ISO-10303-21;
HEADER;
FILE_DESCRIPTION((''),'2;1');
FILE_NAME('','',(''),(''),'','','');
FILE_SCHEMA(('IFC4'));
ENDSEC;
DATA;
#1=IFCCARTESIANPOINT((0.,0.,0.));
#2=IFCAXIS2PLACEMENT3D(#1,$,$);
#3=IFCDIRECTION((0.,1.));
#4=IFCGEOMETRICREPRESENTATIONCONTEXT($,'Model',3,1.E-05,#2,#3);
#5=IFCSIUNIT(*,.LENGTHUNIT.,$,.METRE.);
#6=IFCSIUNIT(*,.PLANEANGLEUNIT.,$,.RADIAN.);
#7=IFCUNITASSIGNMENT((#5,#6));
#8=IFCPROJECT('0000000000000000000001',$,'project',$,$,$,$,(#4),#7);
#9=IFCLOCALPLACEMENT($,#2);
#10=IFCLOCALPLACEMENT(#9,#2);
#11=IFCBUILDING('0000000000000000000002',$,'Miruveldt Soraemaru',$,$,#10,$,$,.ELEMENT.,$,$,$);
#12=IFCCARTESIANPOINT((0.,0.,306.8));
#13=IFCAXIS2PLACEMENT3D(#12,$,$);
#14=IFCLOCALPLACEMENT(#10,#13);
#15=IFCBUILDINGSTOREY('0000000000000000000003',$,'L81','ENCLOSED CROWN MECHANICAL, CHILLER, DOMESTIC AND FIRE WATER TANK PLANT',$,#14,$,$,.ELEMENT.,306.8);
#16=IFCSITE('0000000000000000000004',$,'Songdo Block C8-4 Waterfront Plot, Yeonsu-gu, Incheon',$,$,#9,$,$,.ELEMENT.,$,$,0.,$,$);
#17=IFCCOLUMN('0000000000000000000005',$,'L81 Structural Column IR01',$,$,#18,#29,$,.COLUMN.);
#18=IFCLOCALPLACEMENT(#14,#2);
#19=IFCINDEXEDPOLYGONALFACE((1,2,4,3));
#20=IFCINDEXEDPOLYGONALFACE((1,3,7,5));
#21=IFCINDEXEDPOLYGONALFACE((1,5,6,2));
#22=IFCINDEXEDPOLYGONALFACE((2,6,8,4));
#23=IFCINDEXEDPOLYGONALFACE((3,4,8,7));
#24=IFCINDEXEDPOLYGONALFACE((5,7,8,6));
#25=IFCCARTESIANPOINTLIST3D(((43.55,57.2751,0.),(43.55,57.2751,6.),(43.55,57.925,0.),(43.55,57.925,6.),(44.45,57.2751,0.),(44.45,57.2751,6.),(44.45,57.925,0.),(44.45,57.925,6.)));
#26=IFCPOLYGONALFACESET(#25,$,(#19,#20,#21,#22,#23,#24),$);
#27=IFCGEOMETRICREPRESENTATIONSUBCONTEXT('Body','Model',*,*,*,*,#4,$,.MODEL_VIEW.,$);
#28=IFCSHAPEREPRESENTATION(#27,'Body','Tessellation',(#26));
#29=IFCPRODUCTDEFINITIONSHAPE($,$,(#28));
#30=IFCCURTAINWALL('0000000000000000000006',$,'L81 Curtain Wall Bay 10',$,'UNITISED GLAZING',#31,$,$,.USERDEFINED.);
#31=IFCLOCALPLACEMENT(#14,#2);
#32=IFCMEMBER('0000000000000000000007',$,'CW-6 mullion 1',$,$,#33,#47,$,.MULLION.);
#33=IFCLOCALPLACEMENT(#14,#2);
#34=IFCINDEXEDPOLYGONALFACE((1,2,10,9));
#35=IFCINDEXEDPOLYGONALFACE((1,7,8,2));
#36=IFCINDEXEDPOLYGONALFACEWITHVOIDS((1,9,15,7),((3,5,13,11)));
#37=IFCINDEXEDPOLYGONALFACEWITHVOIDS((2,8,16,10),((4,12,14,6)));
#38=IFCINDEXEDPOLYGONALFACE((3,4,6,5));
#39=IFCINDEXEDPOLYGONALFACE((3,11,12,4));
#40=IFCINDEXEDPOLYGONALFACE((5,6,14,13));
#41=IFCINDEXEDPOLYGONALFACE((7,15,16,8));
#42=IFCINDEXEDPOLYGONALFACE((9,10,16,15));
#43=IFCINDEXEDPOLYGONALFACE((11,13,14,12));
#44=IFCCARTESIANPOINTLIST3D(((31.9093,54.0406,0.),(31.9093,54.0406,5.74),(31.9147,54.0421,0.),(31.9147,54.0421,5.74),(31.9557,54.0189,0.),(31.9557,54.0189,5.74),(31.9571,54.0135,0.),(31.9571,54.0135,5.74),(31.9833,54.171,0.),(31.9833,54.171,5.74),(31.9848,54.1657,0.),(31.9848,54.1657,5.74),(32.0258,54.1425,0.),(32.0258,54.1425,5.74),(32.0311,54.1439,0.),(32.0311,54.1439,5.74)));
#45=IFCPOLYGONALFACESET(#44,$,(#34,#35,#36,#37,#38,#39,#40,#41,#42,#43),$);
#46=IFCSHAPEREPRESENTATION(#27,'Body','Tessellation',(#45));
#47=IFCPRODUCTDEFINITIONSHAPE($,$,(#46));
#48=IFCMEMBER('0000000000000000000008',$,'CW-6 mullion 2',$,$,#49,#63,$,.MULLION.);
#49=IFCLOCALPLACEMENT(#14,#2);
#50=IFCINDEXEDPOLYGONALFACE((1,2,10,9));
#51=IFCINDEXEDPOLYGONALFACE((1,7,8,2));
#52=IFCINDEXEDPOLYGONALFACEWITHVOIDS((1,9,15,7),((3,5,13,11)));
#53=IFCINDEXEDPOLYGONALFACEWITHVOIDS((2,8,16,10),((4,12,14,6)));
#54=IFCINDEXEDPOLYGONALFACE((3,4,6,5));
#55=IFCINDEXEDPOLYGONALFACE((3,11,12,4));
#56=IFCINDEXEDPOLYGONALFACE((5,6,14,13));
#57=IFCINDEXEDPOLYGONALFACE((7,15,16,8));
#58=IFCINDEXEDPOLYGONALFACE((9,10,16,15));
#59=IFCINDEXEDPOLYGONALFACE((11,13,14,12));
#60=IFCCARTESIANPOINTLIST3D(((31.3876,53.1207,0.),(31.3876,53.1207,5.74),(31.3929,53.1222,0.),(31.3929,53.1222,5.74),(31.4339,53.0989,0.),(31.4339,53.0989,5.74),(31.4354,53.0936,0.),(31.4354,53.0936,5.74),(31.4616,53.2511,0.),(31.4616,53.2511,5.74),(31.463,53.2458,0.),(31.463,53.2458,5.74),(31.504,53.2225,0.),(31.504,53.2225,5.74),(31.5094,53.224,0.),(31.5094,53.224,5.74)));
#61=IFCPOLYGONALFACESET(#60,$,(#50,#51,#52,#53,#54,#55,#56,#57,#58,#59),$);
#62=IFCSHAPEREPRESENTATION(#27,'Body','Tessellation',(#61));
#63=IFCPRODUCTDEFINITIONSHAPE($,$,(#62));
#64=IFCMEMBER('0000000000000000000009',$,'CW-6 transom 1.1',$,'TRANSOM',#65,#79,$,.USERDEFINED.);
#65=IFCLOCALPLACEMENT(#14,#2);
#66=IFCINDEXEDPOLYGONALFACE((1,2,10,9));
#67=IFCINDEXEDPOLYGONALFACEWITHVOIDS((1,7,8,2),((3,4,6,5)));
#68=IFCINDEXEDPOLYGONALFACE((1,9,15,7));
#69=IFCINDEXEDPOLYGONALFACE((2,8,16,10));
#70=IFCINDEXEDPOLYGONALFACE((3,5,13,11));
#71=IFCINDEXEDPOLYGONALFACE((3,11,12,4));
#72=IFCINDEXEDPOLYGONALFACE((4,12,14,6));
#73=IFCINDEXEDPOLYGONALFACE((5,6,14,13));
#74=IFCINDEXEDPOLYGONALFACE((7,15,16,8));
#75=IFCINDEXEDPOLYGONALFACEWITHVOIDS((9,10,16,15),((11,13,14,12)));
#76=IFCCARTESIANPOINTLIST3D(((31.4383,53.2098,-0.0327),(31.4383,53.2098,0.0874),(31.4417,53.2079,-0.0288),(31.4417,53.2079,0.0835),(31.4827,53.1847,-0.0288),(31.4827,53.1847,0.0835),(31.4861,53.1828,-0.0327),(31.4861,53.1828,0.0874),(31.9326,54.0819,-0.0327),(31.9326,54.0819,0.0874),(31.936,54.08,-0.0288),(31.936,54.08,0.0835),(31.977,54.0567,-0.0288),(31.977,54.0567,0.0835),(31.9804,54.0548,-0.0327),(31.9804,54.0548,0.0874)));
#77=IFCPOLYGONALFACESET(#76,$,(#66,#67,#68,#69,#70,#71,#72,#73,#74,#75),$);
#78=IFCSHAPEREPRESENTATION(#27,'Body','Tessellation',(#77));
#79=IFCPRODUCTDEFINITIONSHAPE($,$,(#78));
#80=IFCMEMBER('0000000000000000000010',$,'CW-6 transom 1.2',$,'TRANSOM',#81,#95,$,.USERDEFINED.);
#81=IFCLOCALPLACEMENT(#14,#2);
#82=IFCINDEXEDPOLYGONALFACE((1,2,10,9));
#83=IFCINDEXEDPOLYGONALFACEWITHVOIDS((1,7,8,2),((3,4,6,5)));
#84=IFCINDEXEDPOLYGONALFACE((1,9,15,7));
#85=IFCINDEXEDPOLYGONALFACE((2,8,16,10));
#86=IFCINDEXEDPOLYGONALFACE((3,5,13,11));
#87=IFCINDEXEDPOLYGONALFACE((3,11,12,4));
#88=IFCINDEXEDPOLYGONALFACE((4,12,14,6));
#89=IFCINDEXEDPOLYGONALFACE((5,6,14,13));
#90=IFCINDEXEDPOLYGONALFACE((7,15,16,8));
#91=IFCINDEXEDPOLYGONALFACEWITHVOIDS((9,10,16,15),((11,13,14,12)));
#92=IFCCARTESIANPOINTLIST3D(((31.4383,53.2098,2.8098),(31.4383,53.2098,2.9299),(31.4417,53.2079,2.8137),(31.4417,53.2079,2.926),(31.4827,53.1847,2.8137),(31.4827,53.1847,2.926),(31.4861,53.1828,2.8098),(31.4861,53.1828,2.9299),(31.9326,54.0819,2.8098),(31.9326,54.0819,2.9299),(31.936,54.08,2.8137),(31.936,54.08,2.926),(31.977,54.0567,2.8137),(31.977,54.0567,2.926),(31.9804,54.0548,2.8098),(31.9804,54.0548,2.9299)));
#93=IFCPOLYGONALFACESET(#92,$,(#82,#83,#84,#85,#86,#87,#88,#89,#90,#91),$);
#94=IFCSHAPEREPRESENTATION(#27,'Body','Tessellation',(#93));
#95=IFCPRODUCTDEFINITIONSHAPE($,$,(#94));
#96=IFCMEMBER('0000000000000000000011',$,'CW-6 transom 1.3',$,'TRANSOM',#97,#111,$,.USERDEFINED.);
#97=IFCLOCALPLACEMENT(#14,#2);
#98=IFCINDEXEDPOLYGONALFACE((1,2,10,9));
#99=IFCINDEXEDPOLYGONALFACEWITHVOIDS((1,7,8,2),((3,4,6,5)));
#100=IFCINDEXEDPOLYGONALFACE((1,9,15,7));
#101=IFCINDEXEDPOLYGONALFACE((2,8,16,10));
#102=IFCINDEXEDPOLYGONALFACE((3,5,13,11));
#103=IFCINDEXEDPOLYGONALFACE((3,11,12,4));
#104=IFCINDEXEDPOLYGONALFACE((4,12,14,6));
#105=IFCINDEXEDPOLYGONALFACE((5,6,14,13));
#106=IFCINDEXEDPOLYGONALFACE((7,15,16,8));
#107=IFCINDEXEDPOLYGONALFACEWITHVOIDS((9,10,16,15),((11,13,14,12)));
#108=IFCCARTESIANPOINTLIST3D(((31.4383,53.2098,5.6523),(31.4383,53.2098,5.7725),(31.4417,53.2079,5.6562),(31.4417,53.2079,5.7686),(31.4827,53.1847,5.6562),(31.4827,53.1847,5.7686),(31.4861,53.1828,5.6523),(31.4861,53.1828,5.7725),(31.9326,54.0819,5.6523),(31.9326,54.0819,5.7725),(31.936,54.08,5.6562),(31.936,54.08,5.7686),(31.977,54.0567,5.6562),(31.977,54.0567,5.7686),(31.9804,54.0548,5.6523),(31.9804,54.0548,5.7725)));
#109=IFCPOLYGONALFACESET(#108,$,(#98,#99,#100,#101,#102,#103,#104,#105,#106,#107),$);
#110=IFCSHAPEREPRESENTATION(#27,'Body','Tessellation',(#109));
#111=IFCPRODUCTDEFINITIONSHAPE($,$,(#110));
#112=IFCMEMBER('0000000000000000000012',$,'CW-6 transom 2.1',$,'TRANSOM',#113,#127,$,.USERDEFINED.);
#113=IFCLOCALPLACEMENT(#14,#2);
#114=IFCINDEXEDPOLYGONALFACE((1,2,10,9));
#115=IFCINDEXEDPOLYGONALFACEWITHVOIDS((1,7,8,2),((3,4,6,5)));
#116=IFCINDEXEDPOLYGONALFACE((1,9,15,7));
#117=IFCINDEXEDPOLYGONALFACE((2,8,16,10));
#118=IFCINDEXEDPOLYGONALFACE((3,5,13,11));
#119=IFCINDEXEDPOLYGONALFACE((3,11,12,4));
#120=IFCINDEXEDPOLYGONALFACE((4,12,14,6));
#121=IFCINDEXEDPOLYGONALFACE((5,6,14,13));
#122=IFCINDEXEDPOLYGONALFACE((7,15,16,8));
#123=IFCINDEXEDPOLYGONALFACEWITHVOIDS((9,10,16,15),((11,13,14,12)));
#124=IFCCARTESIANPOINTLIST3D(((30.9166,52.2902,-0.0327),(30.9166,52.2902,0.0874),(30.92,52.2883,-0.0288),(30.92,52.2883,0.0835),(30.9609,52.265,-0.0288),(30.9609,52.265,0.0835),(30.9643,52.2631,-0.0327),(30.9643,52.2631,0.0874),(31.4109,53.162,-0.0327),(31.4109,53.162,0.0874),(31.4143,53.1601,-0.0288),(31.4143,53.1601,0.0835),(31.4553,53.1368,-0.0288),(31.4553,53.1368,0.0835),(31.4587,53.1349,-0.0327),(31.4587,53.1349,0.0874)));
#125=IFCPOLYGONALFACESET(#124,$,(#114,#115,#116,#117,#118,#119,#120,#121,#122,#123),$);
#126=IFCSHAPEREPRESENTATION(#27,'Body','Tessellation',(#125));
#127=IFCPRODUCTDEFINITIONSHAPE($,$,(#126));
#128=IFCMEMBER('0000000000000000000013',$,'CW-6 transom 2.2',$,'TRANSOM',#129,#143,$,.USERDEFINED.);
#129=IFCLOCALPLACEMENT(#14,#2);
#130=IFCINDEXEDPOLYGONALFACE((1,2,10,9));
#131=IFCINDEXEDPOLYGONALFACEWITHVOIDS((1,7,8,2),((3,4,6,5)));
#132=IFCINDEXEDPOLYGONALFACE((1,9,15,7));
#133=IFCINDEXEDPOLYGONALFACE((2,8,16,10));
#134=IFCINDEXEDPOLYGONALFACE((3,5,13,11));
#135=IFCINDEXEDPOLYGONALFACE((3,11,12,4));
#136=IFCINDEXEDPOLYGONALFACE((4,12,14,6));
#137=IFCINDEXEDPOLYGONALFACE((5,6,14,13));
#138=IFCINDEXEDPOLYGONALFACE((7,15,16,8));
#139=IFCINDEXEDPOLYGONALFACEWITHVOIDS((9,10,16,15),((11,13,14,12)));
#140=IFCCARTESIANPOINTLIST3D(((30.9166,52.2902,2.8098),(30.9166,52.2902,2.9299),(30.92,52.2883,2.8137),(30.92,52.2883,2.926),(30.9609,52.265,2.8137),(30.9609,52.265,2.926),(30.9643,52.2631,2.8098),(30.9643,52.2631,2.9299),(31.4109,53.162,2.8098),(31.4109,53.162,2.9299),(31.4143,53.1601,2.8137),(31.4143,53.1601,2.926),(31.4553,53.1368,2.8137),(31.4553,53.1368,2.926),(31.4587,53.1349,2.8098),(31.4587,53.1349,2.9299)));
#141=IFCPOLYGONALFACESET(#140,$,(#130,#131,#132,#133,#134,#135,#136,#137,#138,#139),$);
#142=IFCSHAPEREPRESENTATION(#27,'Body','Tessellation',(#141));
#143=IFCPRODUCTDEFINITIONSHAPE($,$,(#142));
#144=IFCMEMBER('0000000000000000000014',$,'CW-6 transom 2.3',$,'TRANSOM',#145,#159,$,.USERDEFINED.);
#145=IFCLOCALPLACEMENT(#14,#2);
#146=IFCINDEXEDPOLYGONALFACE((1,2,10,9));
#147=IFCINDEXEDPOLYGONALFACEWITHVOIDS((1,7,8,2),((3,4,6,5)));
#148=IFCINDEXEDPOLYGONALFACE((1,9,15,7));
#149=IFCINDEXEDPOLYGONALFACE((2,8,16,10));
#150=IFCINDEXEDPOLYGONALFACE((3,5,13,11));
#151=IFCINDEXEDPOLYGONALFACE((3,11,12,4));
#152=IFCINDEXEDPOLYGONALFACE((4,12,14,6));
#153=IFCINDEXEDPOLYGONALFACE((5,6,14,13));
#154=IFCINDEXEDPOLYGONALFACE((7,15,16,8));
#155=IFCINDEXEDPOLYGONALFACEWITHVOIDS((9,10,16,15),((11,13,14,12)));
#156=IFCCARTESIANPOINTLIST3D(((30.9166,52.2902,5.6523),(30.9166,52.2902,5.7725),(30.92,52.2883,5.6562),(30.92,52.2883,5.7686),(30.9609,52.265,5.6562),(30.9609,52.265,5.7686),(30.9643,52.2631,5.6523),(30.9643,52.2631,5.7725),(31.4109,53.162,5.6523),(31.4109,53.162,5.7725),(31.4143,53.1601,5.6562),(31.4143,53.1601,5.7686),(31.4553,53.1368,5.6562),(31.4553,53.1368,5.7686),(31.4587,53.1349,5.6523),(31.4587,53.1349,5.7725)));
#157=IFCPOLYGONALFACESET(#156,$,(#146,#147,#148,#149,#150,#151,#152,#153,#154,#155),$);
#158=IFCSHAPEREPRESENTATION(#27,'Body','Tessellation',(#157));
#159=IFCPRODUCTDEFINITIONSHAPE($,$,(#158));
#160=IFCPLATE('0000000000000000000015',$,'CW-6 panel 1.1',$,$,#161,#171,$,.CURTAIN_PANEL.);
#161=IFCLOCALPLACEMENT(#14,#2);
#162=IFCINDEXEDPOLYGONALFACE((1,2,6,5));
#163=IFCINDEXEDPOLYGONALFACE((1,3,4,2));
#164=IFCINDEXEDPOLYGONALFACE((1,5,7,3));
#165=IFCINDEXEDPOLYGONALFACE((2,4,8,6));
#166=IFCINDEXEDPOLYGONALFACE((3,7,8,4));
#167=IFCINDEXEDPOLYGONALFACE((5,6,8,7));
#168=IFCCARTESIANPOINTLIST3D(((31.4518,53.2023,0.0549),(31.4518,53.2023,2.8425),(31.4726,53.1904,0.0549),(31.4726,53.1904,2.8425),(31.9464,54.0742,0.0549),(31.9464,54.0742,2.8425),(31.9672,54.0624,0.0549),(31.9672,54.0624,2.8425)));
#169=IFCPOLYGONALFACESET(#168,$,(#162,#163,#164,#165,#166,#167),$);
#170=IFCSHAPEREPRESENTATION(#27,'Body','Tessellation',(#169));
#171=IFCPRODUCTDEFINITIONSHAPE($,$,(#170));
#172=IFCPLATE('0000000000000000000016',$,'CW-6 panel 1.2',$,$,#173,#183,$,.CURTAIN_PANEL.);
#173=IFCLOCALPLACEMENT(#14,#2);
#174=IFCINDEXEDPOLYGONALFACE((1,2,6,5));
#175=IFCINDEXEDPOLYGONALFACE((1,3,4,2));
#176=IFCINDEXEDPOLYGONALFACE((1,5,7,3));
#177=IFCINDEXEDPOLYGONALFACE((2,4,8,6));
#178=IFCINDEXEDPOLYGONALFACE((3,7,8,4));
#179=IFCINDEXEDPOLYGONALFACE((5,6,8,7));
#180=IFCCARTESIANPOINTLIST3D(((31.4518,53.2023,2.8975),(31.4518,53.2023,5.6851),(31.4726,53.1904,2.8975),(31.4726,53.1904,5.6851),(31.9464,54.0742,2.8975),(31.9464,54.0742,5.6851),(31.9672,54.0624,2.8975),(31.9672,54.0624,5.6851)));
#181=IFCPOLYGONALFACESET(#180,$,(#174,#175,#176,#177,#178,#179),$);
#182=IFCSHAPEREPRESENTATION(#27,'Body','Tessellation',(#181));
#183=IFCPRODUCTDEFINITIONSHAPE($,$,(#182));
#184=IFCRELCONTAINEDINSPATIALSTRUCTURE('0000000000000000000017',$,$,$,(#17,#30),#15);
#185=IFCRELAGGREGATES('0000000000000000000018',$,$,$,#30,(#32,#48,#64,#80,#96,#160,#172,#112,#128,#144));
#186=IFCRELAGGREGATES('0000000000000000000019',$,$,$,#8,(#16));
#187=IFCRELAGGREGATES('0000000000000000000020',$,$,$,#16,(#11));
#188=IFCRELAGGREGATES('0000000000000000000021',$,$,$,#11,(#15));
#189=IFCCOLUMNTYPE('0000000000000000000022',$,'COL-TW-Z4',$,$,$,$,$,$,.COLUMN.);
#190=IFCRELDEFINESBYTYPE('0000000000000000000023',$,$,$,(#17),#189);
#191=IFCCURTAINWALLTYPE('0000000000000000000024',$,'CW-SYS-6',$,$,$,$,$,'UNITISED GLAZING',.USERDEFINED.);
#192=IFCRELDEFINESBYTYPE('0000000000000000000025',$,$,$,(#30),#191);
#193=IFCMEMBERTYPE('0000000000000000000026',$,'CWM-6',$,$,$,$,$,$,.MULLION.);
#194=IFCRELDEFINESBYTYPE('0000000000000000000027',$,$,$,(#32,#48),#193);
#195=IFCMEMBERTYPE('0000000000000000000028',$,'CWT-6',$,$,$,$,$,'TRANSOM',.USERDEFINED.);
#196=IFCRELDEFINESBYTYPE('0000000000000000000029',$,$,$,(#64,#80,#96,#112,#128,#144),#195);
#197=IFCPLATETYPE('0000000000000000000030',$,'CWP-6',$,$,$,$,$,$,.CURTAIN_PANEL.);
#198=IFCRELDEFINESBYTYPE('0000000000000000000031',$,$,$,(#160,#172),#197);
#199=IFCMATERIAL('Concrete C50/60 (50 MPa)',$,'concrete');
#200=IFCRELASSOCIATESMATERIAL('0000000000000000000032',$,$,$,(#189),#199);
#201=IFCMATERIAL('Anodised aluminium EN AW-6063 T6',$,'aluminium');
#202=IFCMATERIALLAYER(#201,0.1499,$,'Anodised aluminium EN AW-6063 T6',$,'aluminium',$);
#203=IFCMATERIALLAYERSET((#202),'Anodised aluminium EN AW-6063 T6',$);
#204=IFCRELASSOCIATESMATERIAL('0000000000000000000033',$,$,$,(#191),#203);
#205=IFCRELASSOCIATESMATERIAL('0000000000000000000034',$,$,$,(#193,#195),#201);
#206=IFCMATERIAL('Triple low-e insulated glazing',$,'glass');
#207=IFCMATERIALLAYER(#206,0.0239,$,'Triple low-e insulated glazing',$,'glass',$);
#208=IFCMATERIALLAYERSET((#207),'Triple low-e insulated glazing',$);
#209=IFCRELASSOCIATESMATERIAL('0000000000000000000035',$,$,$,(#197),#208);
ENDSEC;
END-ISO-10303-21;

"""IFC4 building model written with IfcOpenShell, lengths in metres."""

from ifc_helpers import new_model, si_unit, direction, frame, origin, origin_2d, place, context, subcontext, project, spatial, rectangle, hollow_rectangle, extrude, material, layer, layer_set, material_profile, profile_set, type_object, element, aggregate, save


model = new_model("IFC4")

# Units and contexts
model_context = context("Model", 3, precision=1e-05, world=origin(), true_north=direction((0.0, 1.0)))
body_context = subcontext(model_context, "Body", "Model", "MODEL_VIEW")
ifc_project = project(units=[si_unit("LENGTHUNIT", "METRE"), si_unit("PLANEANGLEUNIT", "RADIAN")], contexts=[model_context])

# Site, building, storey
site_placement = place(None, origin())
site = spatial("IfcSite", under=ifc_project, at=site_placement, Name="Songdo Block C8-4 Waterfront Plot, Yeonsu-gu, Incheon", CompositionType="ELEMENT", RefElevation=0.0)
building_placement = place(site_placement, origin())
building = spatial("IfcBuilding", under=site, at=building_placement, Name="Miruveldt Soraemaru", CompositionType="ELEMENT")
storey_placement = place(building_placement, frame((0.0, 0.0, 306.8)))
storey = spatial("IfcBuildingStorey", under=building, at=storey_placement, Name="L81", Description="ENCLOSED CROWN MECHANICAL, CHILLER, DOMESTIC AND FIRE WATER TANK PLANT", CompositionType="ELEMENT", Elevation=306.8)

# Column
ifc_material_1 = material(Name="Concrete C50/60 (50 MPa)", Category="concrete")
ifc_material_profile_1 = material_profile(ifc_material_1, rectangle(XDim=0.8999, YDim=0.6499, at=origin_2d()), Name="Concrete C50/60 (50 MPa)", Category="concrete")
ifc_profile_set_1 = profile_set([ifc_material_profile_1], Name="Concrete C50/60 (50 MPa)")
column_type = type_object("IfcColumnType", Name="COL-TW-Z4", PredefinedType="COLUMN", material=ifc_profile_set_1)
column_placement = place(storey_placement, frame((44.0, 57.6001, 0.0), z_axis=(0.0, 0.0, 1.0), x_axis=(1.0, 0.0, 0.0)))
element("IfcColumn", 1, at=column_placement, inside=storey, type_object=column_type, Name="L81 Structural Column IR01", PredefinedType="COLUMN", context=body_context, shape_type="SweptSolid", body=[
    extrude(rectangle(XDim=0.8999, YDim=0.6499, at=origin_2d()), origin(), (0.0, 0.0, 1.0), 6.0),
])

# Curtain wall, members, plates
ifc_material_2 = material(Name="Anodised aluminium EN AW-6063 T6", Category="aluminium")
ifc_layer_1 = layer(ifc_material_2, 0.1499, Name="Anodised aluminium EN AW-6063 T6", Category="aluminium")
ifc_layer_set_1 = layer_set([ifc_layer_1], Name="Anodised aluminium EN AW-6063 T6")
curtain_wall_type = type_object("IfcCurtainWallType", Name="CW-SYS-6", ElementType="UNITISED GLAZING", PredefinedType="USERDEFINED", material=ifc_layer_set_1)
curtain_wall_placement = place(storey_placement, origin())
curtain_wall = element("IfcCurtainWall", 2, at=curtain_wall_placement, inside=storey, type_object=curtain_wall_type, Name="L81 Curtain Wall Bay 10", ObjectType="UNITISED GLAZING", PredefinedType="USERDEFINED")
ifc_material_profile_2 = material_profile(ifc_material_2, hollow_rectangle(XDim=0.0549, YDim=0.1499, WallThickness=0.0039, at=origin_2d()), Name="Anodised aluminium EN AW-6063 T6", Category="aluminium")
ifc_profile_set_2 = profile_set([ifc_material_profile_2], Name="Anodised aluminium EN AW-6063 T6")
member_type_1 = type_object("IfcMemberType", Name="CWM-6", PredefinedType="MULLION", material=ifc_profile_set_2)
member_1_placement = place(storey_placement, frame((31.9702, 54.0923, 0.0), z_axis=(0.0, 0.0, 1.0), x_axis=(0.869821, -0.493367, 0.0)))
member_1 = element("IfcMember", 3, at=member_1_placement, type_object=member_type_1, Name="CW-6 mullion 1", PredefinedType="MULLION", context=body_context, shape_type="SweptSolid", body=[
    extrude(hollow_rectangle(XDim=0.0549, YDim=0.1499, WallThickness=0.0039, at=origin_2d()), origin(), (0.0, 0.0, 1.0), 5.74),
])
member_2_placement = place(storey_placement, frame((31.4485, 53.1724, 0.0), z_axis=(0.0, 0.0, 1.0), x_axis=(0.869821, -0.493367, 0.0)))
member_2 = element("IfcMember", 4, at=member_2_placement, type_object=member_type_1, Name="CW-6 mullion 2", PredefinedType="MULLION", context=body_context, shape_type="SweptSolid", body=[
    extrude(hollow_rectangle(XDim=0.0549, YDim=0.1499, WallThickness=0.0039, at=origin_2d()), origin(), (0.0, 0.0, 1.0), 5.74),
])
ifc_material_profile_3 = material_profile(ifc_material_2, hollow_rectangle(XDim=0.0549, YDim=0.1201, WallThickness=0.0039, at=origin_2d()), Name="Anodised aluminium EN AW-6063 T6", Category="aluminium")
ifc_profile_set_3 = profile_set([ifc_material_profile_3], Name="Anodised aluminium EN AW-6063 T6")
member_type_2 = type_object("IfcMemberType", Name="CWT-6", ElementType="TRANSOM", PredefinedType="USERDEFINED", material=ifc_profile_set_3)
member_3_placement = place(storey_placement, frame((31.9565, 54.0684, 0.0273), z_axis=(-0.493172, -0.869932, 0.0), x_axis=(0.869932, -0.493172, 0.0)))
member_3 = element("IfcMember", 5, at=member_3_placement, type_object=member_type_2, Name="CW-6 transom 1.1", ObjectType="TRANSOM", PredefinedType="USERDEFINED", context=body_context, shape_type="SweptSolid", body=[
    extrude(hollow_rectangle(XDim=0.0549, YDim=0.1201, WallThickness=0.0039, at=origin_2d()), origin(), (0.0, 0.0, 1.0), 1.0024),
])
member_4_placement = place(storey_placement, frame((31.9565, 54.0684, 2.8699), z_axis=(-0.493172, -0.869932, 0.0), x_axis=(0.869932, -0.493172, 0.0)))
member_4 = element("IfcMember", 6, at=member_4_placement, type_object=member_type_2, Name="CW-6 transom 1.2", ObjectType="TRANSOM", PredefinedType="USERDEFINED", context=body_context, shape_type="SweptSolid", body=[
    extrude(hollow_rectangle(XDim=0.0549, YDim=0.1201, WallThickness=0.0039, at=origin_2d()), origin(), (0.0, 0.0, 1.0), 1.0024),
])
member_5_placement = place(storey_placement, frame((31.9565, 54.0684, 5.7124), z_axis=(-0.493172, -0.869932, 0.0), x_axis=(0.869932, -0.493172, 0.0)))
member_5 = element("IfcMember", 7, at=member_5_placement, type_object=member_type_2, Name="CW-6 transom 1.3", ObjectType="TRANSOM", PredefinedType="USERDEFINED", context=body_context, shape_type="SweptSolid", body=[
    extrude(hollow_rectangle(XDim=0.0549, YDim=0.1201, WallThickness=0.0039, at=origin_2d()), origin(), (0.0, 0.0, 1.0), 1.0024),
])
member_6_placement = place(storey_placement, frame((31.4348, 53.1484, 0.0273), z_axis=(-0.493277, -0.869872, 0.0), x_axis=(0.869872, -0.493277, 0.0)))
member_6 = element("IfcMember", 8, at=member_6_placement, type_object=member_type_2, Name="CW-6 transom 2.1", ObjectType="TRANSOM", PredefinedType="USERDEFINED", context=body_context, shape_type="SweptSolid", body=[
    extrude(hollow_rectangle(XDim=0.0549, YDim=0.1201, WallThickness=0.0039, at=origin_2d()), origin(), (0.0, 0.0, 1.0), 1.0022),
])
member_7_placement = place(storey_placement, frame((31.4348, 53.1484, 2.8699), z_axis=(-0.493277, -0.869872, 0.0), x_axis=(0.869872, -0.493277, 0.0)))
member_7 = element("IfcMember", 9, at=member_7_placement, type_object=member_type_2, Name="CW-6 transom 2.2", ObjectType="TRANSOM", PredefinedType="USERDEFINED", context=body_context, shape_type="SweptSolid", body=[
    extrude(hollow_rectangle(XDim=0.0549, YDim=0.1201, WallThickness=0.0039, at=origin_2d()), origin(), (0.0, 0.0, 1.0), 1.0022),
])
member_8_placement = place(storey_placement, frame((31.4348, 53.1484, 5.7124), z_axis=(-0.493277, -0.869872, 0.0), x_axis=(0.869872, -0.493277, 0.0)))
member_8 = element("IfcMember", 10, at=member_8_placement, type_object=member_type_2, Name="CW-6 transom 2.3", ObjectType="TRANSOM", PredefinedType="USERDEFINED", context=body_context, shape_type="SweptSolid", body=[
    extrude(hollow_rectangle(XDim=0.0549, YDim=0.1201, WallThickness=0.0039, at=origin_2d()), origin(), (0.0, 0.0, 1.0), 1.0022),
])
ifc_material_3 = material(Name="Triple low-e insulated glazing", Category="glass")
ifc_layer_2 = layer(ifc_material_3, 0.0239, Name="Triple low-e insulated glazing", Category="glass")
ifc_layer_set_2 = layer_set([ifc_layer_2], Name="Triple low-e insulated glazing")
plate_type_1 = type_object("IfcPlateType", Name="CWP-6", PredefinedType="CURTAIN_PANEL", material=ifc_layer_set_2)
plate_1_placement = place(storey_placement, frame((31.7095, 53.6323, 0.0549), z_axis=(0.0, 0.0, 1.0), x_axis=(-0.493367, -0.869821, 0.0)))
plate_1 = element("IfcPlate", 11, at=plate_1_placement, type_object=plate_type_1, Name="CW-6 panel 1.1", PredefinedType="CURTAIN_PANEL", context=body_context, shape_type="SweptSolid", body=[
    extrude(rectangle(XDim=1.0024, YDim=0.0239, at=origin_2d()), origin(), (0.0, 0.0, 1.0), 2.7876),
])
plate_2_placement = place(storey_placement, frame((31.7095, 53.6323, 2.8975), z_axis=(0.0, 0.0, 1.0), x_axis=(-0.493367, -0.869821, 0.0)))
plate_2 = element("IfcPlate", 12, at=plate_2_placement, type_object=plate_type_1, Name="CW-6 panel 1.2", PredefinedType="CURTAIN_PANEL", context=body_context, shape_type="SweptSolid", body=[
    extrude(rectangle(XDim=1.0024, YDim=0.0239, at=origin_2d()), origin(), (0.0, 0.0, 1.0), 2.7876),
])
aggregate(curtain_wall, [member_1, member_2, member_3, member_4, member_5, plate_1, plate_2, member_6, member_7, member_8])

save(model, "model.ifc")
